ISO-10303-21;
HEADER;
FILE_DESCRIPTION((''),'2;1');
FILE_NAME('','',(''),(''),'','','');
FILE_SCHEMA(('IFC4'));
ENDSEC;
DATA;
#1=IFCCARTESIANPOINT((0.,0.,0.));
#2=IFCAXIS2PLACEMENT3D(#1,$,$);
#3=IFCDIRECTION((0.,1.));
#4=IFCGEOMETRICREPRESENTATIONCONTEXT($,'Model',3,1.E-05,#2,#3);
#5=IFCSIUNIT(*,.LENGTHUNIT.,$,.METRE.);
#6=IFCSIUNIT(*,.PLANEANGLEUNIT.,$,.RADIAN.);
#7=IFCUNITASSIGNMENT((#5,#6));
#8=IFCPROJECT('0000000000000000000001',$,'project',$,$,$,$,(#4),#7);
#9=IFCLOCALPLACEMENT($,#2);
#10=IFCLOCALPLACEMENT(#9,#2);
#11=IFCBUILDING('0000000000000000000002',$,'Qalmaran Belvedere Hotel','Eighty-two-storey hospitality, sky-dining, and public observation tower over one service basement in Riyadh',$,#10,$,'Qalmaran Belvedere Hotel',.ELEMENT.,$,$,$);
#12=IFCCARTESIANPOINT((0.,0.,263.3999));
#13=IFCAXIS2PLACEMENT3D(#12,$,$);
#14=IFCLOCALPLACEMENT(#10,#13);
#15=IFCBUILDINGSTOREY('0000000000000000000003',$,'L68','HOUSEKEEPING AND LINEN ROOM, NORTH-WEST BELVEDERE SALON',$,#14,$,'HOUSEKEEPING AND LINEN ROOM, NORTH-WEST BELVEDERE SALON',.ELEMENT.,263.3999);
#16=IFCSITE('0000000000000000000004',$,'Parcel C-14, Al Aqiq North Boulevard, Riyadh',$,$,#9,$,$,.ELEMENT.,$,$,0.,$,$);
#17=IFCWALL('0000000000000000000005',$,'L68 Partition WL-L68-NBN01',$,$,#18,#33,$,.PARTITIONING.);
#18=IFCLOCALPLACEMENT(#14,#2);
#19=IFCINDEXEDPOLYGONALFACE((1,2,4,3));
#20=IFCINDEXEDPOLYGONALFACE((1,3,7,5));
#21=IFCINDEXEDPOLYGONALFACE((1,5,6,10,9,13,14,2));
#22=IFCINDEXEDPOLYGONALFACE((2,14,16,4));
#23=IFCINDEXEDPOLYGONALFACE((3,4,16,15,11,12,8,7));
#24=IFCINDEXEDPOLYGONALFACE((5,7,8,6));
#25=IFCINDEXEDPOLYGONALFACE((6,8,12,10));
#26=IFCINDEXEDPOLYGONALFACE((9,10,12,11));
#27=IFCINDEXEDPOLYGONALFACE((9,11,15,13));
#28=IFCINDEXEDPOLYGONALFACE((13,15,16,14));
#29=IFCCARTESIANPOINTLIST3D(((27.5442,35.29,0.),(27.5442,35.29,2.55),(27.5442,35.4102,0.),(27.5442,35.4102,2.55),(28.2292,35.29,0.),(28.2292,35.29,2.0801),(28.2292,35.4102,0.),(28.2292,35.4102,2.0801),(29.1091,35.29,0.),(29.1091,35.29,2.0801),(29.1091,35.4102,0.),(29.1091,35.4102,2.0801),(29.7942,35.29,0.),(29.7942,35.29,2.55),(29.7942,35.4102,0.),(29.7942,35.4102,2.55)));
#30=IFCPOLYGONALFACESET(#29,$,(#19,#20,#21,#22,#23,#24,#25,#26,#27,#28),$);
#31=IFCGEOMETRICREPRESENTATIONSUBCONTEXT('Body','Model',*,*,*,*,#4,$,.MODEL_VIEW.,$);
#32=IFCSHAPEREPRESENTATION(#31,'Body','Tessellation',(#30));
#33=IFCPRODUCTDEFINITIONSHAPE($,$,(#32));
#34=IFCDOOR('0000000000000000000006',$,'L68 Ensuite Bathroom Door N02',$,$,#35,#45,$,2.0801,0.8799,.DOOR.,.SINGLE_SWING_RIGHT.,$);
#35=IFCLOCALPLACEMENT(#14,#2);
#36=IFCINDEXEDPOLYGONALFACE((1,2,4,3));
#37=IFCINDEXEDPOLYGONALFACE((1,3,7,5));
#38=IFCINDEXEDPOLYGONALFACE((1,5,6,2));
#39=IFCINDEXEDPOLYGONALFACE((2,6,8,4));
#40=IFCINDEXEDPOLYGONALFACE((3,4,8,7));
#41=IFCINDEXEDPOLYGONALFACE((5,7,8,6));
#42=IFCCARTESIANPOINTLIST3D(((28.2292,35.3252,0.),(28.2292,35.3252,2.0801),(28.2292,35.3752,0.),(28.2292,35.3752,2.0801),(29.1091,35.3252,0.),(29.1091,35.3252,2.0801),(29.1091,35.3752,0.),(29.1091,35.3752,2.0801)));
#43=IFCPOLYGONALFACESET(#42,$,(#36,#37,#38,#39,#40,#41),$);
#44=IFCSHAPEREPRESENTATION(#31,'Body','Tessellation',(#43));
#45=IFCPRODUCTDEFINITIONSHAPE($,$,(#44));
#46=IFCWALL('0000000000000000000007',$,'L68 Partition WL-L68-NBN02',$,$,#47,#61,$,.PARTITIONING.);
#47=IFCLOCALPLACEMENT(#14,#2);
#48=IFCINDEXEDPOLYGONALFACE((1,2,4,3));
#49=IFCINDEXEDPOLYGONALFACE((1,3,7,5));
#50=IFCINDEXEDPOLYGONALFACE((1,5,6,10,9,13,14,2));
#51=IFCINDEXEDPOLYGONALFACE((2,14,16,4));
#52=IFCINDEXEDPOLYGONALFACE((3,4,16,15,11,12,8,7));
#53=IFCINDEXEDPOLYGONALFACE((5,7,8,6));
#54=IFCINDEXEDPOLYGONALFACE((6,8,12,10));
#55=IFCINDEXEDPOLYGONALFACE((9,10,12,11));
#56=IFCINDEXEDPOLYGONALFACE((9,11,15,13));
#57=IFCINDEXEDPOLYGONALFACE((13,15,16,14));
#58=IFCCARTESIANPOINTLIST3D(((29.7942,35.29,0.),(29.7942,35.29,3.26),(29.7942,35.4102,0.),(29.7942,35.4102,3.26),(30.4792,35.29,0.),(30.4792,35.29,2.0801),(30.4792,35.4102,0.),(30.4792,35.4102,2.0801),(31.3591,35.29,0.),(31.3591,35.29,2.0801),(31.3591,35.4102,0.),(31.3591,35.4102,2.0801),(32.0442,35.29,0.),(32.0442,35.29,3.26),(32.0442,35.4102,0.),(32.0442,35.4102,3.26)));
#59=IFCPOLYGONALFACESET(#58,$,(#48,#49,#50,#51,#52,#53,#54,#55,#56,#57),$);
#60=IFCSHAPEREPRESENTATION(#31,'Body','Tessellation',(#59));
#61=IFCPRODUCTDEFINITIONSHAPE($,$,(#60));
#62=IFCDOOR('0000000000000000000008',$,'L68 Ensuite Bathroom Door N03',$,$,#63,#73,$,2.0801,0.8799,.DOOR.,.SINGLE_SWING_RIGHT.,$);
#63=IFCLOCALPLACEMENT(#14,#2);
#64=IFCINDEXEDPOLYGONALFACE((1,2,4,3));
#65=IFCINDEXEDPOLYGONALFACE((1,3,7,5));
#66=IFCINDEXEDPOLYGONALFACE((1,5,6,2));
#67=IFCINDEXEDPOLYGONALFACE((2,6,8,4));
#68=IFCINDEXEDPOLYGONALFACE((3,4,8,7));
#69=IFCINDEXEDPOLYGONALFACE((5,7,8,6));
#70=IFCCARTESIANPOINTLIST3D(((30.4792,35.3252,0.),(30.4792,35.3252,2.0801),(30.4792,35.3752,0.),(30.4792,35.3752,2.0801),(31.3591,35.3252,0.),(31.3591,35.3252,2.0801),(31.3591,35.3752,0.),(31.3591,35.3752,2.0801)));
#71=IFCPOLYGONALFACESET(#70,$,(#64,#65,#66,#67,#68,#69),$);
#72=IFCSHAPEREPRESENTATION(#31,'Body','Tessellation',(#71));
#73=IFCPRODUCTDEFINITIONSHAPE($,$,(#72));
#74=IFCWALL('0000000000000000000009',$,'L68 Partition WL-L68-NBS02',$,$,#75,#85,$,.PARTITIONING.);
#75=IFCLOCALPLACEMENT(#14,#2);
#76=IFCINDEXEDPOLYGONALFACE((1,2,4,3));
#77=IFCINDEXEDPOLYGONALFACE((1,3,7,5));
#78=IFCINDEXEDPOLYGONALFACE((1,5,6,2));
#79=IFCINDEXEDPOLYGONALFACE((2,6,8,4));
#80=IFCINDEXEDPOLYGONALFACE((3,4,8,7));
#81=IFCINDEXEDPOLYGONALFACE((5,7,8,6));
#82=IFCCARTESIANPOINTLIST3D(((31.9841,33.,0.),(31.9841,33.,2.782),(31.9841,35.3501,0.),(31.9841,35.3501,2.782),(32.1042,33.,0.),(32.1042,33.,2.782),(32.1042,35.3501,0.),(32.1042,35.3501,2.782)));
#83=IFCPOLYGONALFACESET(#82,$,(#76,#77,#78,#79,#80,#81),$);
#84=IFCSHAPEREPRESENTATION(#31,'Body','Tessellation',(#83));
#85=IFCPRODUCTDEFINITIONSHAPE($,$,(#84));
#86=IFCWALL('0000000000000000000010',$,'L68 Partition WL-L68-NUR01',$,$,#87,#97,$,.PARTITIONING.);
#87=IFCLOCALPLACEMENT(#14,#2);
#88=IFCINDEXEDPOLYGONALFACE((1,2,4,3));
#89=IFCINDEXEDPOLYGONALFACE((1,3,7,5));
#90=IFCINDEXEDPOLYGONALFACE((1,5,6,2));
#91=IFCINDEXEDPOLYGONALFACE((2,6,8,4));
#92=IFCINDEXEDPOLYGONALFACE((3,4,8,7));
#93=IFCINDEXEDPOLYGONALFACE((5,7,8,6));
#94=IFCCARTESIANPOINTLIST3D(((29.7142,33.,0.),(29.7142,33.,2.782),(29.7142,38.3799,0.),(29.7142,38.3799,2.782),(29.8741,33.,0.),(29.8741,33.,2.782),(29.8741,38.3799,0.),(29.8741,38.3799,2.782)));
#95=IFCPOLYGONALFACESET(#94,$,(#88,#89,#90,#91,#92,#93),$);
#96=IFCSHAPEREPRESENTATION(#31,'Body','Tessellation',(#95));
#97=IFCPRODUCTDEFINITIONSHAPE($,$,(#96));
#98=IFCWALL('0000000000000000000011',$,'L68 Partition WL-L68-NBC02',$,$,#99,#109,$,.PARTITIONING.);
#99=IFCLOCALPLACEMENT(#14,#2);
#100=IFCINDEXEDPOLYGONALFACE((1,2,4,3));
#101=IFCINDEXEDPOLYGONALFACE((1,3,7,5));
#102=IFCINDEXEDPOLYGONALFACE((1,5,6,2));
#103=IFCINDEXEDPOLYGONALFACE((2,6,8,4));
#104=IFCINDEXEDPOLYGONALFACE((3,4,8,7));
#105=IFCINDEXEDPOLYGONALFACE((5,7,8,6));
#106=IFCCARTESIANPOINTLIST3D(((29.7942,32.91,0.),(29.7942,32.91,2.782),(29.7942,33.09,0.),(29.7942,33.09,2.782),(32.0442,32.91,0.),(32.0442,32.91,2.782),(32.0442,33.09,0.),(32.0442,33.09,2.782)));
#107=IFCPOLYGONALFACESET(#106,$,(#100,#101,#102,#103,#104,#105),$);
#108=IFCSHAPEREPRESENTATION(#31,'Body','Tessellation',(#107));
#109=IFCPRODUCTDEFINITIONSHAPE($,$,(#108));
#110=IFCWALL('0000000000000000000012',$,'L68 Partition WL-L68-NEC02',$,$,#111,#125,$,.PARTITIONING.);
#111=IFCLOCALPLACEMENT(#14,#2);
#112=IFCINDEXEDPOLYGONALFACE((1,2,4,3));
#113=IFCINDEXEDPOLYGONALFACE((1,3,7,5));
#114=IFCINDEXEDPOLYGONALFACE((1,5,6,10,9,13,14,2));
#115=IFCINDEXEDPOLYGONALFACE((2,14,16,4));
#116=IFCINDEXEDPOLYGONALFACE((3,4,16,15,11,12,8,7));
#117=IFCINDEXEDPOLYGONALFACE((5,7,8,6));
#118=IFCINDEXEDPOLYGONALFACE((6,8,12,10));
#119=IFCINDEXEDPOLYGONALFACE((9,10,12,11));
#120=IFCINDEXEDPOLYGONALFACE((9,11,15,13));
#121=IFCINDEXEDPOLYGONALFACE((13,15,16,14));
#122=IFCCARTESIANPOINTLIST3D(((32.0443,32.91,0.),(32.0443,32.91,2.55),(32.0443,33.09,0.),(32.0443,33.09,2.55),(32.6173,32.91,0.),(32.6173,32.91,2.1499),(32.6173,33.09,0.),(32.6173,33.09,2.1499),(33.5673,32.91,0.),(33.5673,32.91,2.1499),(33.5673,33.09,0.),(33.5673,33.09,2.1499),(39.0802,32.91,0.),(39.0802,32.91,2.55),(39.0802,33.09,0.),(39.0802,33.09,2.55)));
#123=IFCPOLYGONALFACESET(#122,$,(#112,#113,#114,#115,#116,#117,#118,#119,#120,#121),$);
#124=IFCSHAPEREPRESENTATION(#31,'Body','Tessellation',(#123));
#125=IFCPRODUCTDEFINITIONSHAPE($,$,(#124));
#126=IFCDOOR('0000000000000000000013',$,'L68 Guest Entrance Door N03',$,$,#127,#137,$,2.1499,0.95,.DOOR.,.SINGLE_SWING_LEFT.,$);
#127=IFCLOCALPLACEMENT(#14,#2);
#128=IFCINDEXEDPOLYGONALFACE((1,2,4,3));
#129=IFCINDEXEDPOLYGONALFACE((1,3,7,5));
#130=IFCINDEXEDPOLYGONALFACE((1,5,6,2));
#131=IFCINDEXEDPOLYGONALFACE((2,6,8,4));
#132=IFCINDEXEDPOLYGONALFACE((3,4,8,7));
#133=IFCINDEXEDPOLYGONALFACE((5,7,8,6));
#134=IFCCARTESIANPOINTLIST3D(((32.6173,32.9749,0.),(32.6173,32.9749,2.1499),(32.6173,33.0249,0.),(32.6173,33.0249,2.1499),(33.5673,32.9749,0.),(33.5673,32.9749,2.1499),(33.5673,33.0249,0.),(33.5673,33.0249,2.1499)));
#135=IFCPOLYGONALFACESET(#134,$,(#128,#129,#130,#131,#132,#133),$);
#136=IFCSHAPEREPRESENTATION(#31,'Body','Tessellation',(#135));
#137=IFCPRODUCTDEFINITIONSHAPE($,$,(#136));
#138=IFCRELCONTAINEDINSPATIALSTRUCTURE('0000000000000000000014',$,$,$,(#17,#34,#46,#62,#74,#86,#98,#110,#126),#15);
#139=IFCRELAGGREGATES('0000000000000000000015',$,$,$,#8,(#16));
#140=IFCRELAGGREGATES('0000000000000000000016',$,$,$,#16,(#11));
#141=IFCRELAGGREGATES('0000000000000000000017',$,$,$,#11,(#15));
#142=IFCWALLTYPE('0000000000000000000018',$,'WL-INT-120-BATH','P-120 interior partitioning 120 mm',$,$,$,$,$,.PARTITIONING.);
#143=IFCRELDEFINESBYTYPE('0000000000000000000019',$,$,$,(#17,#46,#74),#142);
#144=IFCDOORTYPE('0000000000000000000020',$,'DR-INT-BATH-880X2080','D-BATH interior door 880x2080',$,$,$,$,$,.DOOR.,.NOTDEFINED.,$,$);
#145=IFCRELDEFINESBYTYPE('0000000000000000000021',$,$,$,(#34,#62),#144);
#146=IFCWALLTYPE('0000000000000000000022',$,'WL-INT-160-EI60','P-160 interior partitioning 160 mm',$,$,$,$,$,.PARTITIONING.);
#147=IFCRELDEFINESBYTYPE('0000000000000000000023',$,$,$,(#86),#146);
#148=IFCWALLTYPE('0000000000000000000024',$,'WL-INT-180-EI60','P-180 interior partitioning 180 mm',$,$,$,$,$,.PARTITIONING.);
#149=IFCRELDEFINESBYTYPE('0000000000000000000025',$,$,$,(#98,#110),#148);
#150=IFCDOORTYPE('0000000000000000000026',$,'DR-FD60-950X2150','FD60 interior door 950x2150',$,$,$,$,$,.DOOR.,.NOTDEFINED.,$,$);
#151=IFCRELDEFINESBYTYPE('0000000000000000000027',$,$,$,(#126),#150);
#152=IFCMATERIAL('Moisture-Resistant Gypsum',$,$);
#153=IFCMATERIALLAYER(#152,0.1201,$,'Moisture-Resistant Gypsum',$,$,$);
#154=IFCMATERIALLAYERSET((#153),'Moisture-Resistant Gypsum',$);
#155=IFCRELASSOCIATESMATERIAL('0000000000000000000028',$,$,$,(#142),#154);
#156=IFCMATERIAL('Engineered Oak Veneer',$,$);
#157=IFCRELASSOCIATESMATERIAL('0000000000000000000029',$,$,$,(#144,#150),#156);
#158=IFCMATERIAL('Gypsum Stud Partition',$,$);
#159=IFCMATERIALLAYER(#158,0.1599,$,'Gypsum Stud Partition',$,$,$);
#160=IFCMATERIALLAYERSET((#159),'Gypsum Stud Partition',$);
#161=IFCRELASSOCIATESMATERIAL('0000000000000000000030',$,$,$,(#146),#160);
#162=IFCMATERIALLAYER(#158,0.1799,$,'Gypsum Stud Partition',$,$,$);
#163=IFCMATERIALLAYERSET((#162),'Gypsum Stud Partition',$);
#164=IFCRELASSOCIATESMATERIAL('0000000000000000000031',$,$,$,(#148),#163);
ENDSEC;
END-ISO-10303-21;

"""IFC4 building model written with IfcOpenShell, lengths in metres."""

from ifc_helpers import new_model, si_unit, direction, frame, frame_2d, origin, place, context, subcontext, project, spatial, rectangle, extrude, material, layer, layer_set, type_object, element, fill, save


model = new_model("IFC4")

# Units and contexts
model_context = context("Model", 3, precision=1e-05, world=origin(), true_north=direction((0.0, 1.0)))
body_context = subcontext(model_context, "Body", "Model", "MODEL_VIEW")
ifc_project = project(units=[si_unit("LENGTHUNIT", "METRE"), si_unit("PLANEANGLEUNIT", "RADIAN")], contexts=[model_context])

# Site, building, storey
site_placement = place(None, origin())
site = spatial("IfcSite", under=ifc_project, at=site_placement, Name="Parcel C-14, Al Aqiq North Boulevard, Riyadh", CompositionType="ELEMENT", RefElevation=0.0)
building_placement = place(site_placement, origin())
building = spatial("IfcBuilding", under=site, at=building_placement, Name="Qalmaran Belvedere Hotel", Description="Eighty-two-storey hospitality, sky-dining, and public observation tower over one service basement in Riyadh", LongName="Qalmaran Belvedere Hotel", CompositionType="ELEMENT")
storey_placement = place(building_placement, frame((0.0, 0.0, 263.3999)))
storey = spatial("IfcBuildingStorey", under=building, at=storey_placement, Name="L68", Description="HOUSEKEEPING AND LINEN ROOM, NORTH-WEST BELVEDERE SALON", LongName="HOUSEKEEPING AND LINEN ROOM, NORTH-WEST BELVEDERE SALON", CompositionType="ELEMENT", Elevation=263.3999)

# Walls, openings, doors
ifc_material_1 = material(Name="Moisture-Resistant Gypsum")
ifc_layer_1 = layer(ifc_material_1, 0.1201, Name="Moisture-Resistant Gypsum")
ifc_layer_set_1 = layer_set([ifc_layer_1], Name="Moisture-Resistant Gypsum")
wall_type_1 = type_object("IfcWallType", Name="WL-INT-120-BATH", Description="P-120 interior partitioning 120 mm", PredefinedType="PARTITIONING", material=ifc_layer_set_1)
wall_1_placement = place(storey_placement, frame((27.5442, 35.3501, 0.0), z_axis=(0.0, 0.0, 1.0), x_axis=(1.0, 0.0, 0.0)))
wall_1 = element("IfcWall", 1, at=wall_1_placement, inside=storey, type_object=wall_type_1, Name="L68 Partition WL-L68-NBN01", PredefinedType="PARTITIONING", context=body_context, shape_type="SweptSolid", body=[
    extrude(rectangle(XDim=2.25, YDim=0.1201, at=frame_2d((1.125, 0.0))), origin(), (0.0, 0.0, 1.0), 2.55),
])
opening_1_placement = place(wall_1_placement, frame((1.5649, 0.0, 0.0), z_axis=(0.0, 0.0, 1.0), x_axis=(-1.0, 0.0, 0.0)))
opening_1 = element("IfcOpeningElement", 2, at=opening_1_placement, cuts=wall_1, PredefinedType="OPENING", context=body_context, shape_type="SweptSolid", body=[
    extrude(rectangle(XDim=0.8799, YDim=2.0801, at=frame_2d((0.4399, 1.04))), frame((0.0, 0.0701, 0.0), z_axis=(0.0, -1.0, 0.0), x_axis=(1.0, 0.0, 0.0)), (0.0, 0.0, 1.0), 0.1401),
])
ifc_material_2 = material(Name="Engineered Oak Veneer")
door_type_1 = type_object("IfcDoorType", Name="DR-INT-BATH-880X2080", Description="D-BATH interior door 880x2080", OperationType="NOTDEFINED", PredefinedType="DOOR", material=ifc_material_2)
door_1_placement = place(opening_1_placement, origin())
door_1 = element("IfcDoor", 3, at=door_1_placement, inside=storey, type_object=door_type_1, Name="L68 Ensuite Bathroom Door N02", OperationType="SINGLE_SWING_RIGHT", OverallHeight=2.0801, OverallWidth=0.8799, PredefinedType="DOOR", context=body_context, shape_type="SweptSolid", body=[
    extrude(rectangle(XDim=0.8799, YDim=2.0801, at=frame_2d((0.4399, 1.04))), frame((0.0, 0.0249, 0.0), z_axis=(0.0, -1.0, 0.0), x_axis=(1.0, 0.0, 0.0)), (0.0, 0.0, 1.0), 0.05),
])
fill(opening_1, door_1)
wall_2_placement = place(storey_placement, frame((29.7942, 35.3501, 0.0), z_axis=(0.0, 0.0, 1.0), x_axis=(1.0, 0.0, 0.0)))
wall_2 = element("IfcWall", 4, at=wall_2_placement, inside=storey, type_object=wall_type_1, Name="L68 Partition WL-L68-NBN02", PredefinedType="PARTITIONING", context=body_context, shape_type="SweptSolid", body=[
    extrude(rectangle(XDim=2.25, YDim=0.1201, at=frame_2d((1.125, 0.0))), origin(), (0.0, 0.0, 1.0), 3.26),
])
opening_2_placement = place(wall_2_placement, frame((1.5649, 0.0, 0.0), z_axis=(0.0, 0.0, 1.0), x_axis=(-1.0, 0.0, 0.0)))
opening_2 = element("IfcOpeningElement", 5, at=opening_2_placement, cuts=wall_2, PredefinedType="OPENING", context=body_context, shape_type="SweptSolid", body=[
    extrude(rectangle(XDim=0.8799, YDim=2.0801, at=frame_2d((0.4399, 1.04))), frame((0.0, 0.0701, 0.0), z_axis=(0.0, -1.0, 0.0), x_axis=(1.0, 0.0, 0.0)), (0.0, 0.0, 1.0), 0.1401),
])
door_2_placement = place(opening_2_placement, origin())
door_2 = element("IfcDoor", 6, at=door_2_placement, inside=storey, type_object=door_type_1, Name="L68 Ensuite Bathroom Door N03", OperationType="SINGLE_SWING_RIGHT", OverallHeight=2.0801, OverallWidth=0.8799, PredefinedType="DOOR", context=body_context, shape_type="SweptSolid", body=[
    extrude(rectangle(XDim=0.8799, YDim=2.0801, at=frame_2d((0.4399, 1.04))), frame((0.0, 0.0249, 0.0), z_axis=(0.0, -1.0, 0.0), x_axis=(1.0, 0.0, 0.0)), (0.0, 0.0, 1.0), 0.05),
])
fill(opening_2, door_2)

# Walls
wall_3_placement = place(storey_placement, frame((32.0442, 33.0, 0.0), z_axis=(0.0, 0.0, 1.0), x_axis=(0.0, 1.0, 0.0)))
element("IfcWall", 7, at=wall_3_placement, inside=storey, type_object=wall_type_1, Name="L68 Partition WL-L68-NBS02", PredefinedType="PARTITIONING", context=body_context, shape_type="SweptSolid", body=[
    extrude(rectangle(XDim=2.3501, YDim=0.1201, at=frame_2d((1.175, 0.0))), origin(), (0.0, 0.0, 1.0), 2.782),
])
ifc_material_3 = material(Name="Gypsum Stud Partition")
ifc_layer_2 = layer(ifc_material_3, 0.1599, Name="Gypsum Stud Partition")
ifc_layer_set_2 = layer_set([ifc_layer_2], Name="Gypsum Stud Partition")
wall_type_2 = type_object("IfcWallType", Name="WL-INT-160-EI60", Description="P-160 interior partitioning 160 mm", PredefinedType="PARTITIONING", material=ifc_layer_set_2)
wall_4_placement = place(storey_placement, frame((29.7942, 33.0, 0.0), z_axis=(0.0, 0.0, 1.0), x_axis=(0.0, 1.0, 0.0)))
element("IfcWall", 8, at=wall_4_placement, inside=storey, type_object=wall_type_2, Name="L68 Partition WL-L68-NUR01", PredefinedType="PARTITIONING", context=body_context, shape_type="SweptSolid", body=[
    extrude(rectangle(XDim=5.3799, YDim=0.1599, at=frame_2d((2.6899, 0.0))), origin(), (0.0, 0.0, 1.0), 2.782),
])
ifc_layer_3 = layer(ifc_material_3, 0.1799, Name="Gypsum Stud Partition")
ifc_layer_set_3 = layer_set([ifc_layer_3], Name="Gypsum Stud Partition")
wall_type_3 = type_object("IfcWallType", Name="WL-INT-180-EI60", Description="P-180 interior partitioning 180 mm", PredefinedType="PARTITIONING", material=ifc_layer_set_3)
wall_5_placement = place(storey_placement, frame((29.7942, 33.0, 0.0), z_axis=(0.0, 0.0, 1.0), x_axis=(1.0, 0.0, 0.0)))
element("IfcWall", 9, at=wall_5_placement, inside=storey, type_object=wall_type_3, Name="L68 Partition WL-L68-NBC02", PredefinedType="PARTITIONING", context=body_context, shape_type="SweptSolid", body=[
    extrude(rectangle(XDim=2.25, YDim=0.1799, at=frame_2d((1.125, 0.0))), origin(), (0.0, 0.0, 1.0), 2.782),
])

# Wall, opening, door
wall_6_placement = place(storey_placement, frame((32.0442, 33.0, 0.0), z_axis=(0.0, 0.0, 1.0), x_axis=(1.0, 0.0, 0.0)))
wall_6 = element("IfcWall", 10, at=wall_6_placement, inside=storey, type_object=wall_type_3, Name="L68 Partition WL-L68-NEC02", PredefinedType="PARTITIONING", context=body_context, shape_type="SweptSolid", body=[
    extrude(rectangle(XDim=7.0359, YDim=0.1799, at=frame_2d((3.5181, 0.0))), origin(), (0.0, 0.0, 1.0), 2.55),
])
opening_3_placement = place(wall_6_placement, frame((0.573, 0.0, 0.0)))
opening_3 = element("IfcOpeningElement", 11, at=opening_3_placement, cuts=wall_6, PredefinedType="OPENING", context=body_context, shape_type="SweptSolid", body=[
    extrude(rectangle(XDim=0.95, YDim=2.1499, at=frame_2d((0.4751, 1.075))), frame((0.0, 0.1001, 0.0), z_axis=(0.0, -1.0, 0.0), x_axis=(1.0, 0.0, 0.0)), (0.0, 0.0, 1.0), 0.2),
])
door_type_2 = type_object("IfcDoorType", Name="DR-FD60-950X2150", Description="FD60 interior door 950x2150", OperationType="NOTDEFINED", PredefinedType="DOOR", material=ifc_material_2)
door_3_placement = place(opening_3_placement, origin())
door_3 = element("IfcDoor", 12, at=door_3_placement, inside=storey, type_object=door_type_2, Name="L68 Guest Entrance Door N03", OperationType="SINGLE_SWING_LEFT", OverallHeight=2.1499, OverallWidth=0.95, PredefinedType="DOOR", context=body_context, shape_type="SweptSolid", body=[
    extrude(rectangle(XDim=0.95, YDim=2.1499, at=frame_2d((0.4751, 1.075))), frame((0.0, 0.0249, 0.0), z_axis=(0.0, -1.0, 0.0), x_axis=(1.0, 0.0, 0.0)), (0.0, 0.0, 1.0), 0.05),
])
fill(opening_3, door_3)

save(model, "model.ifc")
